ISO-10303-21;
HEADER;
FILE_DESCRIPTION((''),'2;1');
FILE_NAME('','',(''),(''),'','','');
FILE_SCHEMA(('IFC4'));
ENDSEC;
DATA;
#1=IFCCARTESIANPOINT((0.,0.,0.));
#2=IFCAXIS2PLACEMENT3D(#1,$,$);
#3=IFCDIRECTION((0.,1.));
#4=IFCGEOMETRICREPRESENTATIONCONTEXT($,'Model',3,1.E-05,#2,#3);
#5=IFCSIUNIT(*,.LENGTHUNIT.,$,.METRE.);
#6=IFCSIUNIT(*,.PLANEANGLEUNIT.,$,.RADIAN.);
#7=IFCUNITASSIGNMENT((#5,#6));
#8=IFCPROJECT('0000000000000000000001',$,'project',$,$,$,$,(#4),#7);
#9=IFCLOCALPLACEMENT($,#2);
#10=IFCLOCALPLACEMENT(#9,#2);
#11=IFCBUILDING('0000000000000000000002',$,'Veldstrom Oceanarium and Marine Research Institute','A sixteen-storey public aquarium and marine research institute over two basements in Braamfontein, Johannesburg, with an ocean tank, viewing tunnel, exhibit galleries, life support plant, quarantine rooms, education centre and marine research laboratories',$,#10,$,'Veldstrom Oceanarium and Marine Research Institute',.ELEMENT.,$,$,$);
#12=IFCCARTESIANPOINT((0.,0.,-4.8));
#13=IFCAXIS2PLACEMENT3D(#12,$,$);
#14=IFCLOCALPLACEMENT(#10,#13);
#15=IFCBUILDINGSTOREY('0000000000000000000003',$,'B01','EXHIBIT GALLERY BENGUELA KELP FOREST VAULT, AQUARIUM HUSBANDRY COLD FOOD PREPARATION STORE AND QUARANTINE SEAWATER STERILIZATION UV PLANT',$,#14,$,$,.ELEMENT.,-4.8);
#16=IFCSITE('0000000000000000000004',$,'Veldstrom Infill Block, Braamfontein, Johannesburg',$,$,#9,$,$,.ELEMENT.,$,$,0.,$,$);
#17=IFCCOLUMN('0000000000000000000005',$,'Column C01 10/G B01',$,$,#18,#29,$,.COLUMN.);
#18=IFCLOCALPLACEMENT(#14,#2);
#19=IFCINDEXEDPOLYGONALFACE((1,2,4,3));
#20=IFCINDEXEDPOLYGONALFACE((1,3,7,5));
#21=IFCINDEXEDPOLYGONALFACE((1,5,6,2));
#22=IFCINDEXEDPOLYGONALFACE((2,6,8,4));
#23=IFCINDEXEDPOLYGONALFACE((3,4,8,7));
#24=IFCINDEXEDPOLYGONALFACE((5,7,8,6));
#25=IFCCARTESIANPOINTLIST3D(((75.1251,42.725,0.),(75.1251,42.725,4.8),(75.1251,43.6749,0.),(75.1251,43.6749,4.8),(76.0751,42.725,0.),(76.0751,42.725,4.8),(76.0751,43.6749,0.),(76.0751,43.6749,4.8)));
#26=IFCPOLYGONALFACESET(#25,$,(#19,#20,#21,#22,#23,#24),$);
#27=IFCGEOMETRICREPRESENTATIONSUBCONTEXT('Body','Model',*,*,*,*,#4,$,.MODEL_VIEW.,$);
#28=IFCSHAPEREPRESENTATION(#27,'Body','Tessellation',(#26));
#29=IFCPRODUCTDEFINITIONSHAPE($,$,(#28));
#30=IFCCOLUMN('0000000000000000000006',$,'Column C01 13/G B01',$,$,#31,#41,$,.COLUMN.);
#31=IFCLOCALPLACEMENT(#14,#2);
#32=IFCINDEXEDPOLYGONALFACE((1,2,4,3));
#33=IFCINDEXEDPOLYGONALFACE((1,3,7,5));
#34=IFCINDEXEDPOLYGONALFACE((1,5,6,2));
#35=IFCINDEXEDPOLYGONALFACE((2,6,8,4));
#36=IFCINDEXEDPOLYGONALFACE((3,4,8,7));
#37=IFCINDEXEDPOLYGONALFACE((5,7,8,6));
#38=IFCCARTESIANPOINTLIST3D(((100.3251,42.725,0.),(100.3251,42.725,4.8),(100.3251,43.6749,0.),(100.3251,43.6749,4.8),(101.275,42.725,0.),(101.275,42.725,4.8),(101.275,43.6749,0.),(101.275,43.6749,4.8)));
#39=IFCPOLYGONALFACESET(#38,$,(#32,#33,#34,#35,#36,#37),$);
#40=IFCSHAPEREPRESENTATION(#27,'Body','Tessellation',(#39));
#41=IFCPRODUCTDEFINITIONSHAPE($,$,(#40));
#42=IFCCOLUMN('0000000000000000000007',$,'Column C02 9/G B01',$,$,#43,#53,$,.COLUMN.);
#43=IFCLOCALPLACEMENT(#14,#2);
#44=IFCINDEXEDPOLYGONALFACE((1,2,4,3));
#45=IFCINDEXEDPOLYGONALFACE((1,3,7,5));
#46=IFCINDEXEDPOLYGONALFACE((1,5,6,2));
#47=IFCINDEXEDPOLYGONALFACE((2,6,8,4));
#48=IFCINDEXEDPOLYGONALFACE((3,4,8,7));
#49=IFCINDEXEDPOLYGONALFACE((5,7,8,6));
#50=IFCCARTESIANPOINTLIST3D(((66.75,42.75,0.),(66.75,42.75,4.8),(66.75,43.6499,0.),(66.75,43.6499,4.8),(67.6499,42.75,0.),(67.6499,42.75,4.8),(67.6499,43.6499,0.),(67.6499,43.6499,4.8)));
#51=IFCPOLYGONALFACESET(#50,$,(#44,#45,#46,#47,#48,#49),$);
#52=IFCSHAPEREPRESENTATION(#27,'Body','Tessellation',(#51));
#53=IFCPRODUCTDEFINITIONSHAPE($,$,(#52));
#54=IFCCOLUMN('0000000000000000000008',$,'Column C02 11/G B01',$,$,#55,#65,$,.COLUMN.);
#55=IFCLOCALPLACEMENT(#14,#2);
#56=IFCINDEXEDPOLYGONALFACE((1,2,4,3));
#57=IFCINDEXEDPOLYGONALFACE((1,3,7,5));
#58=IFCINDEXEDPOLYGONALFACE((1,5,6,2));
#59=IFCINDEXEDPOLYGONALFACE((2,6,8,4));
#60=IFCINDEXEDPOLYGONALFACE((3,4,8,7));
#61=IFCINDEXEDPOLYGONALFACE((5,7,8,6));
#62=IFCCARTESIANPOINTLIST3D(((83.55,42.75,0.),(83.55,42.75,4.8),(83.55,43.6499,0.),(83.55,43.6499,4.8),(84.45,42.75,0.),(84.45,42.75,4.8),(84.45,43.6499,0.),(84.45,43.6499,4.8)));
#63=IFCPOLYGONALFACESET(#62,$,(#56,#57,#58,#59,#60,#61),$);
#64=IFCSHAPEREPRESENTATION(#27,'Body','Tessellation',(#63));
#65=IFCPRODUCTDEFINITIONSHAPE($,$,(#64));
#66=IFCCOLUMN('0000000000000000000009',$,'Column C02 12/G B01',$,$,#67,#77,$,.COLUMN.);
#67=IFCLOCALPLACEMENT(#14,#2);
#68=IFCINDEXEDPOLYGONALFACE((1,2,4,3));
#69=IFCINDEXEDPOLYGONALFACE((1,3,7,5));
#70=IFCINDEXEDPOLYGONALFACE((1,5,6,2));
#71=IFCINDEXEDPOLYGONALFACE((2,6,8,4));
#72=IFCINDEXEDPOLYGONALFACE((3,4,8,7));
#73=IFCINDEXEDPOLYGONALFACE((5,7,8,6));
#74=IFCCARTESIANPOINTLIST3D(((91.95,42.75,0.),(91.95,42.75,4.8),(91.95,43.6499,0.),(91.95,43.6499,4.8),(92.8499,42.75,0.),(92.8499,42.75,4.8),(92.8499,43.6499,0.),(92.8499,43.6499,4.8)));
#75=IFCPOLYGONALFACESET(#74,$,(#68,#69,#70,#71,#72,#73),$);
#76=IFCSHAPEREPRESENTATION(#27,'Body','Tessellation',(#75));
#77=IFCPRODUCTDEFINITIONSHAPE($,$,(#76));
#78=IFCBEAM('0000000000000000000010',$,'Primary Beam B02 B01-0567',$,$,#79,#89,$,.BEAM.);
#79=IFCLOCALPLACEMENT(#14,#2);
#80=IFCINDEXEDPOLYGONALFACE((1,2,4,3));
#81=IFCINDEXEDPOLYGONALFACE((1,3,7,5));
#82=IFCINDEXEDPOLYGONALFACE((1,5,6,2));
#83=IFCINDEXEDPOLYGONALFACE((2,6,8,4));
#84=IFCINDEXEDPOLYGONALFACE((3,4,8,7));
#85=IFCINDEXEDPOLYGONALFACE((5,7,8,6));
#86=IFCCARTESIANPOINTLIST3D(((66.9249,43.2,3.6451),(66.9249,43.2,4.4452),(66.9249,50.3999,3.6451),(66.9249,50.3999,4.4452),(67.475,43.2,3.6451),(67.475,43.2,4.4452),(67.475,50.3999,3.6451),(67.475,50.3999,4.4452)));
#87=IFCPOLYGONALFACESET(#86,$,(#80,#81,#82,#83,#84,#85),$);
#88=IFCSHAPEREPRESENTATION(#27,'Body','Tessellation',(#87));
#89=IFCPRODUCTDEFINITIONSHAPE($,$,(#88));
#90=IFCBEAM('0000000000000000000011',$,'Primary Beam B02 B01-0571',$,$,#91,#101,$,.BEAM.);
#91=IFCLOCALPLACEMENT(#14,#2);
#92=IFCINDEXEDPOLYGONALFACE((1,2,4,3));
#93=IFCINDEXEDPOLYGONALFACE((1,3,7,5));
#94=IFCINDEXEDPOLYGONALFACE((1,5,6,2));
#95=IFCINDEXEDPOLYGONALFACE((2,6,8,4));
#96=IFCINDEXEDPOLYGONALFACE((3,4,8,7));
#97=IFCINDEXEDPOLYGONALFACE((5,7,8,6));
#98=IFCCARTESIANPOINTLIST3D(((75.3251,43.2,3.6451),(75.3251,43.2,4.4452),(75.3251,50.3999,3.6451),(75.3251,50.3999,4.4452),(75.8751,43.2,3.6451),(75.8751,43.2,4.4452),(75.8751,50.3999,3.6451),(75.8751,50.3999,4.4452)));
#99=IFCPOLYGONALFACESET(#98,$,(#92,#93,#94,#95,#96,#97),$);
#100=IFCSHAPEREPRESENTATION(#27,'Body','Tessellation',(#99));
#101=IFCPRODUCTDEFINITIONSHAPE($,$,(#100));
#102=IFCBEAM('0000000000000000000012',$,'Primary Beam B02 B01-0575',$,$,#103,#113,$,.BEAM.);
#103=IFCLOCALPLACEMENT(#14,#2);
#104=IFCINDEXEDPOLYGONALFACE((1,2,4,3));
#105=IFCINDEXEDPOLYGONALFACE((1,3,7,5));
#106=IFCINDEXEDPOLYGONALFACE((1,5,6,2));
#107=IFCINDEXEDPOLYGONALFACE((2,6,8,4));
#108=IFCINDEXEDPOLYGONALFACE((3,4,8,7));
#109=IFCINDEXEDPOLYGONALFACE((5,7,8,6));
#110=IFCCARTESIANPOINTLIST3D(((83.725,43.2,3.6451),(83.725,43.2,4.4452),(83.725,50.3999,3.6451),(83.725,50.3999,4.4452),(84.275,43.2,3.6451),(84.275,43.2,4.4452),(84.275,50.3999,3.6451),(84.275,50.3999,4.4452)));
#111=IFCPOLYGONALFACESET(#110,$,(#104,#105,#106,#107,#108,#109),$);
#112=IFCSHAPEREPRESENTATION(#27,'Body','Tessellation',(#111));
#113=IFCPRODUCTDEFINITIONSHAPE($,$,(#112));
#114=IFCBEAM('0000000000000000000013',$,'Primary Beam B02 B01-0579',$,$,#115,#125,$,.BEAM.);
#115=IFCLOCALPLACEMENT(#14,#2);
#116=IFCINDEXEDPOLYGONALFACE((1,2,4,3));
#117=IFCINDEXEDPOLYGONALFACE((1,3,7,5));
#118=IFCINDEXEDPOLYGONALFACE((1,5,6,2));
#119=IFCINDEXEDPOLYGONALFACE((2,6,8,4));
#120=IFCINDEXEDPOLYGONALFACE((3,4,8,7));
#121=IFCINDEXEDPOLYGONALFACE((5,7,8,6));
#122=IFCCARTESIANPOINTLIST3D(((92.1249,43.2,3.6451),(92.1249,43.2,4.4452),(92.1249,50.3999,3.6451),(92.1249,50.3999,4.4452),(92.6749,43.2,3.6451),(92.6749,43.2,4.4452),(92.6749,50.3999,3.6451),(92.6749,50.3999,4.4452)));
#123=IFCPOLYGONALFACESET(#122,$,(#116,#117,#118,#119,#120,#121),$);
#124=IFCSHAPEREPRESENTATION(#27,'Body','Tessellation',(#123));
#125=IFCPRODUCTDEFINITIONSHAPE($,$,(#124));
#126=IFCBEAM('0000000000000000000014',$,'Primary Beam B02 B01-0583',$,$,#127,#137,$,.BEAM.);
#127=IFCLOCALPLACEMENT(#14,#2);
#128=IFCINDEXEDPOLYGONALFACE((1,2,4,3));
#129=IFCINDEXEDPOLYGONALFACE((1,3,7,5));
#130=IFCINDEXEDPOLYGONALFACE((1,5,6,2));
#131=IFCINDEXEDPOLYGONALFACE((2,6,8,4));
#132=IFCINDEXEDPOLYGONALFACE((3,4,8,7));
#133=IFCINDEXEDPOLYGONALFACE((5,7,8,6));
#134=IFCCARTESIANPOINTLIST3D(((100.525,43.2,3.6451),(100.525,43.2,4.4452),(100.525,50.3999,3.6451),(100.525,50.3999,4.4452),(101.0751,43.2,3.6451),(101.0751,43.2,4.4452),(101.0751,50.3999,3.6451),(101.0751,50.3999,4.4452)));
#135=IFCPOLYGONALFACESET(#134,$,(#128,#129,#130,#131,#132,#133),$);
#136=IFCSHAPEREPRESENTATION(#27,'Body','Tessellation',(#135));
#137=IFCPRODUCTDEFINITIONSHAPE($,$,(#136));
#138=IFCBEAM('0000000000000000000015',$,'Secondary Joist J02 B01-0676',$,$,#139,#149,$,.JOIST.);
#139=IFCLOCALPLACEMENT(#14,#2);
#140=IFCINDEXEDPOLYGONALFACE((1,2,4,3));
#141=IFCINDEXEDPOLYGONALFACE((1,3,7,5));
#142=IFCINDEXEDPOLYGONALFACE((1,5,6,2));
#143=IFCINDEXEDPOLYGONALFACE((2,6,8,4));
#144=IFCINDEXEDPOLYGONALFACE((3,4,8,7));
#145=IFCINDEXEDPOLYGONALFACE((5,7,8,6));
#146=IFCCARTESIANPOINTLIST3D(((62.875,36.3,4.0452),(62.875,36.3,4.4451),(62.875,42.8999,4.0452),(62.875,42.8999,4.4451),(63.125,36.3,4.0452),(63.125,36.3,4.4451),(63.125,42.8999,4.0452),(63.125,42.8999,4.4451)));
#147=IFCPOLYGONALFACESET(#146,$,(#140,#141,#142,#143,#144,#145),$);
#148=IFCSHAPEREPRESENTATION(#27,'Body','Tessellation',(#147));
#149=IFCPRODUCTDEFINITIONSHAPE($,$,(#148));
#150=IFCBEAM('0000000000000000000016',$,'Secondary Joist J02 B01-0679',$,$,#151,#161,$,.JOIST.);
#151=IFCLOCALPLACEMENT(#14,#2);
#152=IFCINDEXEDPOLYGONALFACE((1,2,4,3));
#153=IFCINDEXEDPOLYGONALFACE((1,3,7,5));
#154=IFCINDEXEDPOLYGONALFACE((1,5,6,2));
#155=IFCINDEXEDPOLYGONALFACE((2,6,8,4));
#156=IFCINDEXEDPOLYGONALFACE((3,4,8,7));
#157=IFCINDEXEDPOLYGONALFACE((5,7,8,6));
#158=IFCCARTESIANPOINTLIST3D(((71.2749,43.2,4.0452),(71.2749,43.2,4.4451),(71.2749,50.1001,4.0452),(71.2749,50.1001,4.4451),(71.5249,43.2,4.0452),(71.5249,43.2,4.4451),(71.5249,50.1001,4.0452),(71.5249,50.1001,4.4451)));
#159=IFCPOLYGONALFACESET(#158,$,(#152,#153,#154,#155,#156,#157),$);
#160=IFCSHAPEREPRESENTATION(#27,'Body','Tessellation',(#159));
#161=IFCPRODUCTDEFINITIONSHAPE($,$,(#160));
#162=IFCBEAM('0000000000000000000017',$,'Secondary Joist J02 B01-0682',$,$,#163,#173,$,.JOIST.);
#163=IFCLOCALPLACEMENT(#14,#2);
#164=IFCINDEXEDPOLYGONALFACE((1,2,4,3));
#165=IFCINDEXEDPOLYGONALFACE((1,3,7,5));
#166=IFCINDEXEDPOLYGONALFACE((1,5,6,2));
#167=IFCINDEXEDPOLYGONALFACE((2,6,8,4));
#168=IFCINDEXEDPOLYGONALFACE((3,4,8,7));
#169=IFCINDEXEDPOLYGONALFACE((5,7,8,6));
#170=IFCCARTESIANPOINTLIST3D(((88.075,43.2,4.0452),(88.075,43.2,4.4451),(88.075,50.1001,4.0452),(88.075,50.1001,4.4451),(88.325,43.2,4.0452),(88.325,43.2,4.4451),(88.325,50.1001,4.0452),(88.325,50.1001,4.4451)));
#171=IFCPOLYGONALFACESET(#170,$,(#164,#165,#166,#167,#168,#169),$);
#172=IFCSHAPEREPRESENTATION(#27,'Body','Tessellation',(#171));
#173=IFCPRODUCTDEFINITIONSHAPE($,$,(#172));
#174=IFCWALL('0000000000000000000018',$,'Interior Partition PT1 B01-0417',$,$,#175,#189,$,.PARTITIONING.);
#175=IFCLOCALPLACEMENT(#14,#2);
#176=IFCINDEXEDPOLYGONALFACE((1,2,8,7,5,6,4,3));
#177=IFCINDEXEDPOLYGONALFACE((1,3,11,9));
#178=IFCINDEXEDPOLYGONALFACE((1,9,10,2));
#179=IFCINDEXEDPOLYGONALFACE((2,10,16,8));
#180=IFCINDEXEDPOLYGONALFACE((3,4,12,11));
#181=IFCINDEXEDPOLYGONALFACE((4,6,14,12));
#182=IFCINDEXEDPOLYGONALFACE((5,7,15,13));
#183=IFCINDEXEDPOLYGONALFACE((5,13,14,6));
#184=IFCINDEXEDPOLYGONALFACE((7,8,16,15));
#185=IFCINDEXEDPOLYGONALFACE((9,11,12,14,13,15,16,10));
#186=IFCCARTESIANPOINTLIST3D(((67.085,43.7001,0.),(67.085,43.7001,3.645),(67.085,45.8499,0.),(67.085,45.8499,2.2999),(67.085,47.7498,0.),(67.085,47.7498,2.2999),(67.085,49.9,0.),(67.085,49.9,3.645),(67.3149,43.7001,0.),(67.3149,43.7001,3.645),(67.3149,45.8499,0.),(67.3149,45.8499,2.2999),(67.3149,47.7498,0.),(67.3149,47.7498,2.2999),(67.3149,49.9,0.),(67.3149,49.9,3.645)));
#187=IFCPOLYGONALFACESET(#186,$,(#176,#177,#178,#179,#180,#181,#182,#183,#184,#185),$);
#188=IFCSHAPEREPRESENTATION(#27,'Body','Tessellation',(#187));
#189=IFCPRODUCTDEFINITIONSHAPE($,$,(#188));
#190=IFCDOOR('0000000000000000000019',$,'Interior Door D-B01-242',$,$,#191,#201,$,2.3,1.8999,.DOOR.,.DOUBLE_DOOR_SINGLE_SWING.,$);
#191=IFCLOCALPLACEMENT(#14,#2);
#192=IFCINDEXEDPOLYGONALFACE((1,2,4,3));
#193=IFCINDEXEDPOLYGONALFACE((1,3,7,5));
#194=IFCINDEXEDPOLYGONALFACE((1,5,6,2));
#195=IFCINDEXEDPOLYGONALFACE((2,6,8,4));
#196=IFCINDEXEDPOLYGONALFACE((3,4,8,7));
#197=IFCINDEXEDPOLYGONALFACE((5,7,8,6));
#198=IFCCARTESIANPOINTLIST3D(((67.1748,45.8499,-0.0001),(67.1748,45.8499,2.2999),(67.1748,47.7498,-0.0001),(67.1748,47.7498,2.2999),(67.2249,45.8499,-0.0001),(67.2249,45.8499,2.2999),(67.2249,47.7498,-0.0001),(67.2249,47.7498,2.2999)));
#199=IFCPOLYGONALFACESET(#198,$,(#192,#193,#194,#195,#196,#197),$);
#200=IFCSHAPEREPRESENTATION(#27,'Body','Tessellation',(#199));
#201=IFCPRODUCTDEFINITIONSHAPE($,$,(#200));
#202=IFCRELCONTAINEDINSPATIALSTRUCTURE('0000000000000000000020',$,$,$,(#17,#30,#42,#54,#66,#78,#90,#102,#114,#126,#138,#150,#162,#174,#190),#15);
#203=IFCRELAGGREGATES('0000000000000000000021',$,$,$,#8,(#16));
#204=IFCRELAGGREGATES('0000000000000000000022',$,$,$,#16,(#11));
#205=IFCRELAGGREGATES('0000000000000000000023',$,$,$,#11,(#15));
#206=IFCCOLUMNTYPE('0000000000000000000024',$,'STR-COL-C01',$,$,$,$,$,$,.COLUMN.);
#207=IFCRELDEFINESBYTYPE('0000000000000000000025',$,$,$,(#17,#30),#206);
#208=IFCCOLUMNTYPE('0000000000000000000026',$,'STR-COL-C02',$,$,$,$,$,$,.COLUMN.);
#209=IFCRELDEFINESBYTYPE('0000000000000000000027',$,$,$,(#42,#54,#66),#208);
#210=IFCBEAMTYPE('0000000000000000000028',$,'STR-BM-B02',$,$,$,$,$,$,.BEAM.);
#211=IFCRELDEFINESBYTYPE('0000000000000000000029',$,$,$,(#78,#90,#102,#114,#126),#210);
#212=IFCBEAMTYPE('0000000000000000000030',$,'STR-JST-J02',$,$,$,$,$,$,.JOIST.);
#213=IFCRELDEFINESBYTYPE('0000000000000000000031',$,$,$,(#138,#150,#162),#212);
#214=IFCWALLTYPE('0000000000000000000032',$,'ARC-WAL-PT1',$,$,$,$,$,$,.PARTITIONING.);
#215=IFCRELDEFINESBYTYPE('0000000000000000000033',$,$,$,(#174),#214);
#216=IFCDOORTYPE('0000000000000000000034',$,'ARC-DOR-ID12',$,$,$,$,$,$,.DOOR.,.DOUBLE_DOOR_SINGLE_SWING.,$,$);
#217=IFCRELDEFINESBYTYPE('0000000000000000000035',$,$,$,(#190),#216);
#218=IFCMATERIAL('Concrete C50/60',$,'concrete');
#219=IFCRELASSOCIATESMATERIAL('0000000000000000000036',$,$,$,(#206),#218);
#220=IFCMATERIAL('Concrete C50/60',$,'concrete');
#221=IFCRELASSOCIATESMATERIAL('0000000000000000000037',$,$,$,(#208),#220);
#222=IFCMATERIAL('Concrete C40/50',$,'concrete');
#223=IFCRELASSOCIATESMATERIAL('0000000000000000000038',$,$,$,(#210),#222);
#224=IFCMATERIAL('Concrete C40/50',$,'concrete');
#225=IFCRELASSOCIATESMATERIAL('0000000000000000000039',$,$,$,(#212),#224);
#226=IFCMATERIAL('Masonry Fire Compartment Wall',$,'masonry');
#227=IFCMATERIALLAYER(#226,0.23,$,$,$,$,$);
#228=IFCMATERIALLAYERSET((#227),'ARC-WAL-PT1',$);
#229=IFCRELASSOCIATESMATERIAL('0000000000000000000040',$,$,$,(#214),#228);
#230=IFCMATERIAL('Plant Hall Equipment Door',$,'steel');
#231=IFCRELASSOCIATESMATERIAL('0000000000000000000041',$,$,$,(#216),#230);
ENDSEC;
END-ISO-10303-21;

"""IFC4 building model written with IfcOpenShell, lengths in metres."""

from ifc_helpers import new_model, si_unit, direction, frame, frame_2d, origin, origin_2d, place, context, subcontext, project, spatial, rectangle, extrude, material, layer, layer_set, material_profile, profile_set, type_object, element, fill, save


model = new_model("IFC4")

# Units and contexts
model_context = context("Model", 3, precision=1e-05, world=origin(), true_north=direction((0.0, 1.0)))
body_context = subcontext(model_context, "Body", "Model", "MODEL_VIEW")
ifc_project = project(units=[si_unit("LENGTHUNIT", "METRE"), si_unit("PLANEANGLEUNIT", "RADIAN")], contexts=[model_context])

# Site, building, storey
site_placement = place(None, origin())
site = spatial("IfcSite", under=ifc_project, at=site_placement, Name="Veldstrom Infill Block, Braamfontein, Johannesburg", CompositionType="ELEMENT", RefElevation=0.0)
building_placement = place(site_placement, origin())
building = spatial("IfcBuilding", under=site, at=building_placement, Name="Veldstrom Oceanarium and Marine Research Institute", Description="A sixteen-storey public aquarium and marine research institute over two basements in Braamfontein, Johannesburg, with an ocean tank, viewing tunnel, exhibit galleries, life support plant, quarantine rooms, education centre and marine research laboratories", LongName="Veldstrom Oceanarium and Marine Research Institute", CompositionType="ELEMENT")
storey_placement = place(building_placement, frame((0.0, 0.0, -4.8)))
storey = spatial("IfcBuildingStorey", under=building, at=storey_placement, Name="B01", Description="EXHIBIT GALLERY BENGUELA KELP FOREST VAULT, AQUARIUM HUSBANDRY COLD FOOD PREPARATION STORE AND QUARANTINE SEAWATER STERILIZATION UV PLANT", CompositionType="ELEMENT", Elevation=-4.8)

# Columns
ifc_material_1 = material(Name="Concrete C50/60", Category="concrete")
ifc_material_profile_1 = material_profile(ifc_material_1, rectangle(XDim=0.95, YDim=0.95, at=origin_2d()), Name="RC-COL-950x950")
ifc_profile_set_1 = profile_set([ifc_material_profile_1], Name="Concrete C50/60")
column_type_1 = type_object("IfcColumnType", Name="STR-COL-C01", PredefinedType="COLUMN", material=ifc_profile_set_1)
for number, where, z_axis, x_axis, name in (
    (1, (75.6001, 43.2, 0.0), (0.0, 0.0, 1.0), (1.0, 0.0, 0.0), "Column C01 10/G B01"),
    (2, (100.8, 43.2, 0.0), (0.0, 0.0, 1.0), (1.0, 0.0, 0.0), "Column C01 13/G B01"),
):
    element("IfcColumn", number, at=place(storey_placement, frame(where, z_axis=z_axis, x_axis=x_axis)), inside=storey, type_object=column_type_1, Name=name, PredefinedType="COLUMN", context=body_context, shape_type="SweptSolid", body=[
        extrude(rectangle(XDim=0.95, YDim=0.95, at=origin_2d()), origin(), (0.0, 0.0, 1.0), 4.8),
    ])
ifc_material_2 = material(Name="Concrete C50/60", Category="concrete")
ifc_material_profile_2 = material_profile(ifc_material_2, rectangle(XDim=0.8999, YDim=0.8999, at=origin_2d()), Name="RC-COL-900x900")
ifc_profile_set_2 = profile_set([ifc_material_profile_2], Name="Concrete C50/60")
column_type_2 = type_object("IfcColumnType", Name="STR-COL-C02", PredefinedType="COLUMN", material=ifc_profile_set_2)
for number, where, z_axis, x_axis, name in (
    (3, (67.2, 43.2, 0.0), (0.0, 0.0, 1.0), (1.0, 0.0, 0.0), "Column C02 9/G B01"),
    (4, (84.0, 43.2, 0.0), (0.0, 0.0, 1.0), (1.0, 0.0, 0.0), "Column C02 11/G B01"),
    (5, (92.3999, 43.2, 0.0), (0.0, 0.0, 1.0), (1.0, 0.0, 0.0), "Column C02 12/G B01"),
):
    element("IfcColumn", number, at=place(storey_placement, frame(where, z_axis=z_axis, x_axis=x_axis)), inside=storey, type_object=column_type_2, Name=name, PredefinedType="COLUMN", context=body_context, shape_type="SweptSolid", body=[
        extrude(rectangle(XDim=0.8999, YDim=0.8999, at=origin_2d()), origin(), (0.0, 0.0, 1.0), 4.8),
    ])

# Beams
ifc_material_3 = material(Name="Concrete C40/50", Category="concrete")
ifc_material_profile_3 = material_profile(ifc_material_3, rectangle(XDim=0.55, YDim=0.8, at=origin_2d()), Name="RC-BM-550x800")
ifc_profile_set_3 = profile_set([ifc_material_profile_3], Name="Concrete C40/50")
beam_type_1 = type_object("IfcBeamType", Name="STR-BM-B02", PredefinedType="BEAM", material=ifc_profile_set_3)
for number, where, z_axis, x_axis, name in (
    (6, (67.2, 43.2, 4.0452), (0.0, 1.0, 0.0), (-1.0, 0.0, 0.0), "Primary Beam B02 B01-0567"),
    (7, (75.6001, 43.2, 4.0452), (0.0, 1.0, 0.0), (-1.0, 0.0, 0.0), "Primary Beam B02 B01-0571"),
    (8, (84.0, 43.2, 4.0452), (0.0, 1.0, 0.0), (-1.0, 0.0, 0.0), "Primary Beam B02 B01-0575"),
    (9, (92.3999, 43.2, 4.0452), (0.0, 1.0, 0.0), (-1.0, 0.0, 0.0), "Primary Beam B02 B01-0579"),
    (10, (100.8, 43.2, 4.0452), (0.0, 1.0, 0.0), (-1.0, 0.0, 0.0), "Primary Beam B02 B01-0583"),
):
    element("IfcBeam", number, at=place(storey_placement, frame(where, z_axis=z_axis, x_axis=x_axis)), inside=storey, type_object=beam_type_1, Name=name, PredefinedType="BEAM", context=body_context, shape_type="SweptSolid", body=[
        extrude(rectangle(XDim=0.55, YDim=0.8, at=origin_2d()), origin(), (0.0, 0.0, 1.0), 7.2),
    ])
ifc_material_4 = material(Name="Concrete C40/50", Category="concrete")
ifc_material_profile_4 = material_profile(ifc_material_4, rectangle(XDim=0.25, YDim=0.3999, at=origin_2d()), Name="RC-JST-250x400")
ifc_profile_set_4 = profile_set([ifc_material_profile_4], Name="Concrete C40/50")
beam_type_2 = type_object("IfcBeamType", Name="STR-JST-J02", PredefinedType="JOIST", material=ifc_profile_set_4)
beam_placement = place(storey_placement, frame((63.0, 36.3, 4.2451), z_axis=(0.0, 1.0, 0.0), x_axis=(-1.0, 0.0, 0.0)))
element("IfcBeam", 11, at=beam_placement, inside=storey, type_object=beam_type_2, Name="Secondary Joist J02 B01-0676", PredefinedType="JOIST", context=body_context, shape_type="SweptSolid", body=[
    extrude(rectangle(XDim=0.25, YDim=0.3999, at=origin_2d()), origin(), (0.0, 0.0, 1.0), 6.5999),
])
for number, where, z_axis, x_axis, name in (
    (12, (71.3999, 43.2, 4.2451), (0.0, 1.0, 0.0), (-1.0, 0.0, 0.0), "Secondary Joist J02 B01-0679"),
    (13, (88.2, 43.2, 4.2451), (0.0, 1.0, 0.0), (-1.0, 0.0, 0.0), "Secondary Joist J02 B01-0682"),
):
    element("IfcBeam", number, at=place(storey_placement, frame(where, z_axis=z_axis, x_axis=x_axis)), inside=storey, type_object=beam_type_2, Name=name, PredefinedType="JOIST", context=body_context, shape_type="SweptSolid", body=[
        extrude(rectangle(XDim=0.25, YDim=0.3999, at=origin_2d()), origin(), (0.0, 0.0, 1.0), 6.9001),
    ])

# Wall, opening, door
ifc_material_5 = material(Name="Masonry Fire Compartment Wall", Category="masonry")
ifc_layer_1 = layer(ifc_material_5, 0.23)
ifc_layer_set_1 = layer_set([ifc_layer_1], Name="ARC-WAL-PT1")
wall_type_1 = type_object("IfcWallType", Name="ARC-WAL-PT1", PredefinedType="PARTITIONING", material=ifc_layer_set_1)
wall_1_placement = place(storey_placement, frame((67.2, 43.7, 0.0), z_axis=(0.0, 0.0, 1.0), x_axis=(0.0, 1.0, 0.0)))
wall_1 = element("IfcWall", 14, at=wall_1_placement, inside=storey, type_object=wall_type_1, Name="Interior Partition PT1 B01-0417", PredefinedType="PARTITIONING", context=body_context, shape_type="SweptSolid", body=[
    extrude(rectangle(XDim=6.2, YDim=0.23, at=frame_2d((3.1001, 0.0))), origin(), (0.0, 0.0, 1.0), 3.645),
])
opening_1_placement = place(wall_1_placement, frame((2.1499, 0.0, 0.0)))
opening_1 = element("IfcOpeningElement", 15, at=opening_1_placement, cuts=wall_1, PredefinedType="OPENING", context=body_context, shape_type="SweptSolid", body=[
    extrude(rectangle(XDim=1.8999, YDim=2.3, at=frame_2d((0.95, 1.1499))), frame((0.0, 0.125, 0.0), z_axis=(0.0, -1.0, 0.0), x_axis=(1.0, 0.0, 0.0)), (0.0, 0.0, 1.0), 0.25),
])
ifc_material_6 = material(Name="Plant Hall Equipment Door", Category="steel")
door_type_1 = type_object("IfcDoorType", Name="ARC-DOR-ID12", OperationType="DOUBLE_DOOR_SINGLE_SWING", PredefinedType="DOOR", material=ifc_material_6)
door_1_placement = place(opening_1_placement, frame((1.8999, 0.0, 0.0), z_axis=(0.0, 0.0, 1.0), x_axis=(-1.0, 0.0, 0.0)))
door_1 = element("IfcDoor", 16, at=door_1_placement, inside=storey, type_object=door_type_1, Name="Interior Door D-B01-242", OperationType="DOUBLE_DOOR_SINGLE_SWING", OverallHeight=2.3, OverallWidth=1.8999, PredefinedType="DOOR", context=body_context, shape_type="SweptSolid", body=[
    extrude(rectangle(XDim=1.8999, YDim=2.3, at=frame_2d((0.95, 1.1499))), frame((0.0, 0.0249, 0.0), z_axis=(0.0, -1.0, 0.0), x_axis=(1.0, 0.0, 0.0)), (0.0, 0.0, 1.0), 0.05),
])
fill(opening_1, door_1)

save(model, "model.ifc")
